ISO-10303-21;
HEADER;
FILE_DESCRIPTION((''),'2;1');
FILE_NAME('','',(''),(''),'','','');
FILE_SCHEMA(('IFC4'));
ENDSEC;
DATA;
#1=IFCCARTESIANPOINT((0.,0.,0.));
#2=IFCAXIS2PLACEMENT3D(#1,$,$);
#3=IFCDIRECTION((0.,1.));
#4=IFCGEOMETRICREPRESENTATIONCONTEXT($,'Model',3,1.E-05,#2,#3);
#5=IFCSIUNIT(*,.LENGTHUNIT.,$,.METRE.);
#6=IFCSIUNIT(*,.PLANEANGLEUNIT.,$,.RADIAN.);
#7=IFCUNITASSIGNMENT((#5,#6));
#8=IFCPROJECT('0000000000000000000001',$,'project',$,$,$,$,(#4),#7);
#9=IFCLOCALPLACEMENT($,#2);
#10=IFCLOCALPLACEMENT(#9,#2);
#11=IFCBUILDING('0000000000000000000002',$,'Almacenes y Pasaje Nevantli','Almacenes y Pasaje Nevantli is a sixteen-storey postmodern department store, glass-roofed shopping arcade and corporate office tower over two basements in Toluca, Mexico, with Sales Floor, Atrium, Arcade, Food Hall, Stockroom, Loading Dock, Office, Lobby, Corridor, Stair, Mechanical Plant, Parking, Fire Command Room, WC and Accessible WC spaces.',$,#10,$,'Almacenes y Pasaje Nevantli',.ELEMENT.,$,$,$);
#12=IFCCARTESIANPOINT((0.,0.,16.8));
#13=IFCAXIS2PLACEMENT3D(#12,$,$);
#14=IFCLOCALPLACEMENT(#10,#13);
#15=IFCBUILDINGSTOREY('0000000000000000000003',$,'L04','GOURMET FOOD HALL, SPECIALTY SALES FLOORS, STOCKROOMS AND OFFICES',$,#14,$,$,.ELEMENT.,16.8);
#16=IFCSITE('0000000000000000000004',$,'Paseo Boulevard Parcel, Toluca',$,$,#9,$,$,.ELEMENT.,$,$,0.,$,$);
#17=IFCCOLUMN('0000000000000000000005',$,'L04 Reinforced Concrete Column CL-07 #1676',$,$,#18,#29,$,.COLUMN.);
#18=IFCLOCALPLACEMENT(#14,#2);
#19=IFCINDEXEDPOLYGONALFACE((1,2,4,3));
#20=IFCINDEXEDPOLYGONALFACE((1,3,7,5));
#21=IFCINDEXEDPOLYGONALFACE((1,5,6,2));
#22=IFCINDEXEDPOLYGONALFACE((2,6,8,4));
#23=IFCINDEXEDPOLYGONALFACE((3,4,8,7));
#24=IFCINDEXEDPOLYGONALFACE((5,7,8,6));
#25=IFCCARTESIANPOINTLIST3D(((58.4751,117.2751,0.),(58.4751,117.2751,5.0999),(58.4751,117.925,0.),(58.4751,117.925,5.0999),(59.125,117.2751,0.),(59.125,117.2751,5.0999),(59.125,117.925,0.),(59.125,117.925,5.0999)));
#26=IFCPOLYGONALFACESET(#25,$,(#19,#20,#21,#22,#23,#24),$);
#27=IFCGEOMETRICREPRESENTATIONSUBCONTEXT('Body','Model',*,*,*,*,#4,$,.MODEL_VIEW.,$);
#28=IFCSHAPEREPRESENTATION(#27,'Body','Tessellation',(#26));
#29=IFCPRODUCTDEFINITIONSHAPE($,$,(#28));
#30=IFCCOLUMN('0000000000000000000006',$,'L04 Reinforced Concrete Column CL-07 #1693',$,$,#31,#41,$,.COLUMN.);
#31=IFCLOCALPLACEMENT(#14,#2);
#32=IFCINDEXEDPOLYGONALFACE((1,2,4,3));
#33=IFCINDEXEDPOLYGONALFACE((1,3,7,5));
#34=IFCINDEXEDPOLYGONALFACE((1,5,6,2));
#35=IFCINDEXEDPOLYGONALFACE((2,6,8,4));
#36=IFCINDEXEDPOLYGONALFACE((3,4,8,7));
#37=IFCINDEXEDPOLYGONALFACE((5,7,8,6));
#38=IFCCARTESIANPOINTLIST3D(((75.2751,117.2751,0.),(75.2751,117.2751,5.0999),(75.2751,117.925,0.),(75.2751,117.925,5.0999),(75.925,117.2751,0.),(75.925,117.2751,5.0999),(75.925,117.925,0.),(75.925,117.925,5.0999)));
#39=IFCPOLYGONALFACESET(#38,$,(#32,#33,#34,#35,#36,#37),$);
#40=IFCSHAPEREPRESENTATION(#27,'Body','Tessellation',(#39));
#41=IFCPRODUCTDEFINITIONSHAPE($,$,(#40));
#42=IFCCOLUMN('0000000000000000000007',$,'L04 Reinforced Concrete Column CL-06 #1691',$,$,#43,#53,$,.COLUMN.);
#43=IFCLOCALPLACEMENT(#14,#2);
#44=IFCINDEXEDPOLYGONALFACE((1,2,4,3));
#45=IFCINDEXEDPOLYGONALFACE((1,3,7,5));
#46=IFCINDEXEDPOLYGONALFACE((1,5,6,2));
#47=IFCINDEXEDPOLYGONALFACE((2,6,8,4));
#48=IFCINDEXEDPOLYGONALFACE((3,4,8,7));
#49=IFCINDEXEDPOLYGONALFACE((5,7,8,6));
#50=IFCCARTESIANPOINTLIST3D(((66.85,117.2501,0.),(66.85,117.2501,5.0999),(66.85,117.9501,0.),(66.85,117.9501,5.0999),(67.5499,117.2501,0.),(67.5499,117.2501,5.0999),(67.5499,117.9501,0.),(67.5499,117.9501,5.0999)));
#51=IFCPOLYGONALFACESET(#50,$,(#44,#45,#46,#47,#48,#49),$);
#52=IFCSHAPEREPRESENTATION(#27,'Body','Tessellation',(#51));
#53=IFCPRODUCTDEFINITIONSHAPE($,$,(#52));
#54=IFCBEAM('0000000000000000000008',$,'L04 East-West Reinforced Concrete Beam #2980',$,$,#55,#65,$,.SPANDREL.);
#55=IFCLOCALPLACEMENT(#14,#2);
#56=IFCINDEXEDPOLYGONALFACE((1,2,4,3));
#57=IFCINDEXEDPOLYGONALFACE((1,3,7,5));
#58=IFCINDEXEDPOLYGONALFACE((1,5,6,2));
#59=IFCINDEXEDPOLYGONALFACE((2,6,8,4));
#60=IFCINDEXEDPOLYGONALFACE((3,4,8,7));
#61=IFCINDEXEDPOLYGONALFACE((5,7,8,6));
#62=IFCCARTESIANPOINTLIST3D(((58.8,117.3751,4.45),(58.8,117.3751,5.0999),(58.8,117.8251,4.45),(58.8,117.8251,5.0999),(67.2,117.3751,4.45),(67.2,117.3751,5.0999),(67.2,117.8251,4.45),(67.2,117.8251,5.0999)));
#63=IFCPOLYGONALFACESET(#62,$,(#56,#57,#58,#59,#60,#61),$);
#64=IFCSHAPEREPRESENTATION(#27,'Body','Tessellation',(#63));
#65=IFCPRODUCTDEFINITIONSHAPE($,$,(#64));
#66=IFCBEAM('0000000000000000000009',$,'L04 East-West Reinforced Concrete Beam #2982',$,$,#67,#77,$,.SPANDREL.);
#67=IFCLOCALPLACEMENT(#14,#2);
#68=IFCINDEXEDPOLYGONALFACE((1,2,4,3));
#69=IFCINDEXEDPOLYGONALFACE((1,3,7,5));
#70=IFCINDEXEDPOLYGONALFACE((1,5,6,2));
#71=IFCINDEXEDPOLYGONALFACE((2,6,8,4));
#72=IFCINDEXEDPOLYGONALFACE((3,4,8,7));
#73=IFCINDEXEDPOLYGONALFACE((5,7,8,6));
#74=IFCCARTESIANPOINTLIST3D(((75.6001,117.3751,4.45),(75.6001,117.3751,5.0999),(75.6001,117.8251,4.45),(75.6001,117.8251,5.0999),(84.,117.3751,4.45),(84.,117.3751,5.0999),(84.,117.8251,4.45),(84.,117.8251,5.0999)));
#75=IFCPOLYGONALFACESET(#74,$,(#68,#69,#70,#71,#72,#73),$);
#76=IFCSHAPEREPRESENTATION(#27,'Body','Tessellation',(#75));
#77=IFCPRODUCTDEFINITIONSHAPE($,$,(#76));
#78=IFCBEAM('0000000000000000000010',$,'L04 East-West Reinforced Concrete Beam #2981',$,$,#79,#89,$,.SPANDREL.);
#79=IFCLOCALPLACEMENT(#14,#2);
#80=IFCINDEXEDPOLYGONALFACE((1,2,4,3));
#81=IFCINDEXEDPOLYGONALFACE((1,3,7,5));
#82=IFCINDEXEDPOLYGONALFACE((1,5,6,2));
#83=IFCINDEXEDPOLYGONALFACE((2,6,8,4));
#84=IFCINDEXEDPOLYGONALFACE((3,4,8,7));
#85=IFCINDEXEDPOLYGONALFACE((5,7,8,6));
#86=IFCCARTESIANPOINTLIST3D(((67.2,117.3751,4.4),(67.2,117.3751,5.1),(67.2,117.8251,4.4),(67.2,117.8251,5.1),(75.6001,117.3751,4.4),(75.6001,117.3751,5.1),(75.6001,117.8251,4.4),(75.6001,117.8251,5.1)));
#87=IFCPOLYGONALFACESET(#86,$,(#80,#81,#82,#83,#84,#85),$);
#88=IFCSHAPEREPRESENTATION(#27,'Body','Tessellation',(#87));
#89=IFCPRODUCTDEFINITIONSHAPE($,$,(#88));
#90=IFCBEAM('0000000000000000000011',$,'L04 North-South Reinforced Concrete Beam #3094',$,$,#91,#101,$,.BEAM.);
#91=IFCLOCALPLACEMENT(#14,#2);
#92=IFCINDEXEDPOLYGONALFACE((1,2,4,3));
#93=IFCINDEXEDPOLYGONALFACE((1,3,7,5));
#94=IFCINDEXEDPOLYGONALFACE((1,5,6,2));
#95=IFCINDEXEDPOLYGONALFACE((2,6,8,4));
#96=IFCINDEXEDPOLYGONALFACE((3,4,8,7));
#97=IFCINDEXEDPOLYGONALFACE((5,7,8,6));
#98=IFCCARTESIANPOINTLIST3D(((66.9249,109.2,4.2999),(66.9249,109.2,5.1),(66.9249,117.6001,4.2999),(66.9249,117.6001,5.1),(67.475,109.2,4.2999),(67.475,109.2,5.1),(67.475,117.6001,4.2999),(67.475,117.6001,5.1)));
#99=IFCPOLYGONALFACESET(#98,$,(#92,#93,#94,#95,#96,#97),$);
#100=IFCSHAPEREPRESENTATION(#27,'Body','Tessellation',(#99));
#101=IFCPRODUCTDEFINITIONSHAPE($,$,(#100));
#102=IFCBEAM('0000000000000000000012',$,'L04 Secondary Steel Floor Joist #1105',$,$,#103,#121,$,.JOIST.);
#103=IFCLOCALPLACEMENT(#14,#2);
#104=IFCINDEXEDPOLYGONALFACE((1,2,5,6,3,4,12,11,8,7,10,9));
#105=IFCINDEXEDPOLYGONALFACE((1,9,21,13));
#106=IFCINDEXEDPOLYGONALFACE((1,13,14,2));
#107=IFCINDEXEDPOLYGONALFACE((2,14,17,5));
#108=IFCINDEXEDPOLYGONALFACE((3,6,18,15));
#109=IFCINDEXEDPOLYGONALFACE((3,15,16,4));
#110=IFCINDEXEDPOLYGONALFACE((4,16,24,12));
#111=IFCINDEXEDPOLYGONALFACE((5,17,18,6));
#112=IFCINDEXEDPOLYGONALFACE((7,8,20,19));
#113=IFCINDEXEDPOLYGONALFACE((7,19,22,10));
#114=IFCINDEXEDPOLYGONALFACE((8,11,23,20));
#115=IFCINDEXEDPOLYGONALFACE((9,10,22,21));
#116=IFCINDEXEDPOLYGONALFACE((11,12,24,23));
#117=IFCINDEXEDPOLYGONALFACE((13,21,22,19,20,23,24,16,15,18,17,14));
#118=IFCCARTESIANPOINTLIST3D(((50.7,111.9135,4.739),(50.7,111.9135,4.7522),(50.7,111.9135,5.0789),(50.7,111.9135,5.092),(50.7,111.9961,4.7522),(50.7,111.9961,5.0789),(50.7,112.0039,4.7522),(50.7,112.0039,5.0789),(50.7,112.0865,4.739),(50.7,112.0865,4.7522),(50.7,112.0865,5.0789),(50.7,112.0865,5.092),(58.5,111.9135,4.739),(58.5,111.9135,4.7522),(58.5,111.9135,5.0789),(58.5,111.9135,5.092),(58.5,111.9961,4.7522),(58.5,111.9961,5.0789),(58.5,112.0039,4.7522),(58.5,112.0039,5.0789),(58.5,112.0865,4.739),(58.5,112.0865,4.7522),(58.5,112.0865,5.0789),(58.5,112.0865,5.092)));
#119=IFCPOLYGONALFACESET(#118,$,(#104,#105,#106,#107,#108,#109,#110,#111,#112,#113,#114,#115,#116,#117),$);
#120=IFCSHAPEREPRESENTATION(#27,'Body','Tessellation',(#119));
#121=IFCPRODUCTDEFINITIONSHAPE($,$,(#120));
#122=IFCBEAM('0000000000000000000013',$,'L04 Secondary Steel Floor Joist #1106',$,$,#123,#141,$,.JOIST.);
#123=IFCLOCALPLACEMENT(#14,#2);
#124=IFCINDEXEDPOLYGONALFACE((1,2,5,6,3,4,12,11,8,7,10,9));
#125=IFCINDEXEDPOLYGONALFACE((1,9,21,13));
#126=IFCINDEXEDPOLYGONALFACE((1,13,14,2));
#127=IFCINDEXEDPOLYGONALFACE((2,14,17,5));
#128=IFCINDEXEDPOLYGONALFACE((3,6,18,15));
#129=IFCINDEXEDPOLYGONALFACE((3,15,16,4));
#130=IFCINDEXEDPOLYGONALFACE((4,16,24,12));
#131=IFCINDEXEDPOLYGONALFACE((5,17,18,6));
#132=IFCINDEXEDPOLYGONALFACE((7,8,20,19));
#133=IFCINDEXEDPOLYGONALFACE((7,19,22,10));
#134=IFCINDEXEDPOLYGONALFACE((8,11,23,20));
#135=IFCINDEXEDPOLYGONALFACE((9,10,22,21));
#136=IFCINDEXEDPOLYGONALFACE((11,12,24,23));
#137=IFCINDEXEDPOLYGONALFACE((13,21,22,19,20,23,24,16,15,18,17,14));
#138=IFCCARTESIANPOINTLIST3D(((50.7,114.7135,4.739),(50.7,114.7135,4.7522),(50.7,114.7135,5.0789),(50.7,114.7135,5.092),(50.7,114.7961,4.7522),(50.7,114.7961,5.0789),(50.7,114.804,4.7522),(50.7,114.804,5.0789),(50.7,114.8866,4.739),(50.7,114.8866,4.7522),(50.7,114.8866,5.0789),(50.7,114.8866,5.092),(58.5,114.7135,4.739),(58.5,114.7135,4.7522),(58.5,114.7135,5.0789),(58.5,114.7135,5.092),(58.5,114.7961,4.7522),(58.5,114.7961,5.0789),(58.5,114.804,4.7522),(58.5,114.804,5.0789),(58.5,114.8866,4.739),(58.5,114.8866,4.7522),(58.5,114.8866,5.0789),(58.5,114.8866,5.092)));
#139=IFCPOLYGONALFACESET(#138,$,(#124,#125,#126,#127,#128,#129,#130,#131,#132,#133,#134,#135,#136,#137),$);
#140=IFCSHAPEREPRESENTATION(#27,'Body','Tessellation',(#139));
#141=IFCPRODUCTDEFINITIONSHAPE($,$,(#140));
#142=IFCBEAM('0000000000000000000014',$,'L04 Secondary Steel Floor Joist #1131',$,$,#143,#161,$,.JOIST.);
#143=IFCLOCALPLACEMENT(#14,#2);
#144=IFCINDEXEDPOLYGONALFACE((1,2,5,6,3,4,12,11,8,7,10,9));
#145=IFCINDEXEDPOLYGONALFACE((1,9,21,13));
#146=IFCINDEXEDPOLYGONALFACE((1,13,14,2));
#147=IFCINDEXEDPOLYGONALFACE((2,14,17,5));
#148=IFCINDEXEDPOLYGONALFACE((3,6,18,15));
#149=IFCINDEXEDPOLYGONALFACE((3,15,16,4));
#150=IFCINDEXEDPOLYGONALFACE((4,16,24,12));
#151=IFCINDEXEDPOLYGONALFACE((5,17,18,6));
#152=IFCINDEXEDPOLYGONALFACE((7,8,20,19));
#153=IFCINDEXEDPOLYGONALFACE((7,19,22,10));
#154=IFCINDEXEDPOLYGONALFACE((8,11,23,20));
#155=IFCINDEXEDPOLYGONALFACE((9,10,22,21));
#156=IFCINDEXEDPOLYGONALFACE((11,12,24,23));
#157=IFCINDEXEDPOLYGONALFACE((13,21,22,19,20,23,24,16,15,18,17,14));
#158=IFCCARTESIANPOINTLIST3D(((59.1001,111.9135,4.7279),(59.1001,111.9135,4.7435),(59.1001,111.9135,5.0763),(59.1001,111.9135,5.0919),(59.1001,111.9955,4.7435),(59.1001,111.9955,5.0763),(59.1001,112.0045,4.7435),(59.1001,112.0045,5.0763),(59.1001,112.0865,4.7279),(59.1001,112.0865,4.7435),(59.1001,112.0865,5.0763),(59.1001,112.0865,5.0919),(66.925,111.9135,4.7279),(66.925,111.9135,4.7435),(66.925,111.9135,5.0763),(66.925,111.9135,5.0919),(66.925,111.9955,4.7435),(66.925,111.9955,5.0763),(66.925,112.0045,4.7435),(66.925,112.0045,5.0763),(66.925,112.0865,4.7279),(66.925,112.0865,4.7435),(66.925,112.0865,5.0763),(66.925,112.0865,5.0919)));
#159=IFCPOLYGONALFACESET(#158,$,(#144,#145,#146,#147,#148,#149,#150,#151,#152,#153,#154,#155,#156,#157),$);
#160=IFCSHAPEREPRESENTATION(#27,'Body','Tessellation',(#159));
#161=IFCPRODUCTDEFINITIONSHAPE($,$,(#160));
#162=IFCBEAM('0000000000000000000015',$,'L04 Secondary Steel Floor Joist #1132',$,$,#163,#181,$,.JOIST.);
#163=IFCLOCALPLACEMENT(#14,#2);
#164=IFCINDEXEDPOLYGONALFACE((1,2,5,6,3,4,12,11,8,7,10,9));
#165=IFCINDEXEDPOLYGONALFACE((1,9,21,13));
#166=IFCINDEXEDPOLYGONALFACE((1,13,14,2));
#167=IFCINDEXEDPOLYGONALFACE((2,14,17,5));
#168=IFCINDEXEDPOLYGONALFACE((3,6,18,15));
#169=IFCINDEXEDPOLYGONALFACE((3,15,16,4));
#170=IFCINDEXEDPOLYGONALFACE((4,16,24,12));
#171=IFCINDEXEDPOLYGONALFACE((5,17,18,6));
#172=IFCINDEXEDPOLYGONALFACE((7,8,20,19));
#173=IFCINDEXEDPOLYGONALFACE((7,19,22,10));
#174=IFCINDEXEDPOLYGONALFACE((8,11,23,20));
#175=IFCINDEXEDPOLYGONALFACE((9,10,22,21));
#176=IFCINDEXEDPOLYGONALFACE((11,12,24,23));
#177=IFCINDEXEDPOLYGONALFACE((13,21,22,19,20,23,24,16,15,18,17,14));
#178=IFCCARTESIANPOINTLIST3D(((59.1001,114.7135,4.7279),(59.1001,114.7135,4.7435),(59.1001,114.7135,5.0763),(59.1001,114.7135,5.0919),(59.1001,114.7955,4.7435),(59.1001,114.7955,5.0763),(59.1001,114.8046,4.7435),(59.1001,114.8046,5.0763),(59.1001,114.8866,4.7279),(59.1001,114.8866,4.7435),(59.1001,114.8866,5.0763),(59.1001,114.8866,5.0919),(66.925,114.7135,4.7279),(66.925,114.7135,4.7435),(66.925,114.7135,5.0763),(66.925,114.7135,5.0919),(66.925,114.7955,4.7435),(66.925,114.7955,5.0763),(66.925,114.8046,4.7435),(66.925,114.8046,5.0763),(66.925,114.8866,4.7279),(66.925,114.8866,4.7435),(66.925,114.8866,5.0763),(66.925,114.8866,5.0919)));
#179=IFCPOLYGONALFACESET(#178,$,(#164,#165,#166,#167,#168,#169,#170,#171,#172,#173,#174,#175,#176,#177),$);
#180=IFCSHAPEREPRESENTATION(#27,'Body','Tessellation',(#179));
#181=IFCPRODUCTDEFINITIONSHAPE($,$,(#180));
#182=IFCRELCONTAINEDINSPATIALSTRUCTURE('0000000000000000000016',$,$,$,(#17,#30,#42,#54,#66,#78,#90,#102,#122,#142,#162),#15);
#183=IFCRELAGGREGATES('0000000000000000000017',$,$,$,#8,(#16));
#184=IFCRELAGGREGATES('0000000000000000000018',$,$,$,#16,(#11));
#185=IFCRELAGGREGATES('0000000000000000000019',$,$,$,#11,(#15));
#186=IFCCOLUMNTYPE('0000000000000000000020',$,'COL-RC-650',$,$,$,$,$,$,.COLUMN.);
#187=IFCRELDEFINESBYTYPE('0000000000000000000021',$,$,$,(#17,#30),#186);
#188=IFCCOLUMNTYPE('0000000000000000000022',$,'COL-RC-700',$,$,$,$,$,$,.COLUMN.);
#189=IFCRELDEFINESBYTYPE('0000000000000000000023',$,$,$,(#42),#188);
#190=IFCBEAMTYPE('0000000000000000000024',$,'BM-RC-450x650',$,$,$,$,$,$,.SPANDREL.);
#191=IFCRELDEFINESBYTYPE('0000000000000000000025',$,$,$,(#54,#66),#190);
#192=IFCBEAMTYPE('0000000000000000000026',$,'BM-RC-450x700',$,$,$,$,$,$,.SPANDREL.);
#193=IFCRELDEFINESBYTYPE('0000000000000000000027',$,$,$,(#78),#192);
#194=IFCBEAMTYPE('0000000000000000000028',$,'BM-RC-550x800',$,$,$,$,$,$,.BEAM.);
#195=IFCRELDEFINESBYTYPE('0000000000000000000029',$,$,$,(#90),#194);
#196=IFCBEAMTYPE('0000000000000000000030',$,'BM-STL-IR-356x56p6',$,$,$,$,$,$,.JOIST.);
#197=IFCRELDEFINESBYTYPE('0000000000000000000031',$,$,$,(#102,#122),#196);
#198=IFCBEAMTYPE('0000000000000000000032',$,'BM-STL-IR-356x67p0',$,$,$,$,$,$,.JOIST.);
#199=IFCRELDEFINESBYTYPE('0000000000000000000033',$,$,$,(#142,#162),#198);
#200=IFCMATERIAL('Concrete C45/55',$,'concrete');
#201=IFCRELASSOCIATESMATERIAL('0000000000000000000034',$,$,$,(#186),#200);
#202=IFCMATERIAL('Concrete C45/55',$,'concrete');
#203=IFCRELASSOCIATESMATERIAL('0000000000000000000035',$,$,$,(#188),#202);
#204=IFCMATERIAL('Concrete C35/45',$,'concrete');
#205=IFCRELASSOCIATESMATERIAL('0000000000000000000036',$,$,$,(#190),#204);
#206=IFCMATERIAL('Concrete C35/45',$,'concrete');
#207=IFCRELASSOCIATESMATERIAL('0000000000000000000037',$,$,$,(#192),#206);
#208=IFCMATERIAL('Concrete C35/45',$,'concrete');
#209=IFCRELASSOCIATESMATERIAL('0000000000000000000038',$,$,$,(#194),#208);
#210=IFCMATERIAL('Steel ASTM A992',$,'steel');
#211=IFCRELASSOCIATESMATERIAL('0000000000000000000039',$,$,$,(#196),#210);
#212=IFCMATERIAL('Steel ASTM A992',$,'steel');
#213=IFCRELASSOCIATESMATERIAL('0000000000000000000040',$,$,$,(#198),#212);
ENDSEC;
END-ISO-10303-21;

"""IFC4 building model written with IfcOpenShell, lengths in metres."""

from ifc_helpers import new_model, si_unit, direction, frame, origin, origin_2d, place, context, subcontext, project, spatial, rectangle, i_section, extrude, material, material_profile, profile_set, type_object, element, save


model = new_model("IFC4")

# Units and contexts
model_context = context("Model", 3, precision=1e-05, world=origin(), true_north=direction((0.0, 1.0)))
body_context = subcontext(model_context, "Body", "Model", "MODEL_VIEW")
ifc_project = project(units=[si_unit("LENGTHUNIT", "METRE"), si_unit("PLANEANGLEUNIT", "RADIAN")], contexts=[model_context])

# Site, building, storey
site_placement = place(None, origin())
site = spatial("IfcSite", under=ifc_project, at=site_placement, Name="Paseo Boulevard Parcel, Toluca", CompositionType="ELEMENT", RefElevation=0.0)
building_placement = place(site_placement, origin())
building = spatial("IfcBuilding", under=site, at=building_placement, Name="Almacenes y Pasaje Nevantli", Description="Almacenes y Pasaje Nevantli is a sixteen-storey postmodern department store, glass-roofed shopping arcade and corporate office tower over two basements in Toluca, Mexico, with Sales Floor, Atrium, Arcade, Food Hall, Stockroom, Loading Dock, Office, Lobby, Corridor, Stair, Mechanical Plant, Parking, Fire Command Room, WC and Accessible WC spaces.", LongName="Almacenes y Pasaje Nevantli", CompositionType="ELEMENT")
storey_placement = place(building_placement, frame((0.0, 0.0, 16.8)))
storey = spatial("IfcBuildingStorey", under=building, at=storey_placement, Name="L04", Description="GOURMET FOOD HALL, SPECIALTY SALES FLOORS, STOCKROOMS AND OFFICES", CompositionType="ELEMENT", Elevation=16.8)

# Columns
ifc_material_1 = material(Name="Concrete C45/55", Category="concrete")
ifc_material_profile_1 = material_profile(ifc_material_1, rectangle(XDim=0.6499, YDim=0.6499, at=origin_2d()), Name="RC-COL-650x650")
ifc_profile_set_1 = profile_set([ifc_material_profile_1], Name="Concrete C45/55")
column_type_1 = type_object("IfcColumnType", Name="COL-RC-650", PredefinedType="COLUMN", material=ifc_profile_set_1)
for number, where, z_axis, x_axis, name in (
    (1, (58.8, 117.6001, 0.0), (0.0, 0.0, 1.0), (1.0, 0.0, 0.0), "L04 Reinforced Concrete Column CL-07 #1676"),
    (2, (75.6001, 117.6001, 0.0), (0.0, 0.0, 1.0), (1.0, 0.0, 0.0), "L04 Reinforced Concrete Column CL-07 #1693"),
):
    element("IfcColumn", number, at=place(storey_placement, frame(where, z_axis=z_axis, x_axis=x_axis)), inside=storey, type_object=column_type_1, Name=name, PredefinedType="COLUMN", context=body_context, shape_type="SweptSolid", body=[
        extrude(rectangle(XDim=0.6499, YDim=0.6499, at=origin_2d()), origin(), (0.0, 0.0, 1.0), 5.0999),
    ])
ifc_material_2 = material(Name="Concrete C45/55", Category="concrete")
ifc_material_profile_2 = material_profile(ifc_material_2, rectangle(XDim=0.7, YDim=0.7, at=origin_2d()), Name="RC-COL-700x700")
ifc_profile_set_2 = profile_set([ifc_material_profile_2], Name="Concrete C45/55")
column_type_2 = type_object("IfcColumnType", Name="COL-RC-700", PredefinedType="COLUMN", material=ifc_profile_set_2)
column_placement = place(storey_placement, frame((67.2, 117.6001, 0.0), z_axis=(0.0, 0.0, 1.0), x_axis=(1.0, 0.0, 0.0)))
element("IfcColumn", 3, at=column_placement, inside=storey, type_object=column_type_2, Name="L04 Reinforced Concrete Column CL-06 #1691", PredefinedType="COLUMN", context=body_context, shape_type="SweptSolid", body=[
    extrude(rectangle(XDim=0.7, YDim=0.7, at=origin_2d()), origin(), (0.0, 0.0, 1.0), 5.0999),
])

# Beams
ifc_material_3 = material(Name="Concrete C35/45", Category="concrete")
ifc_material_profile_3 = material_profile(ifc_material_3, rectangle(XDim=0.45, YDim=0.6499, at=origin_2d()), Name="RC-BM-450x650")
ifc_profile_set_3 = profile_set([ifc_material_profile_3], Name="Concrete C35/45")
beam_type_1 = type_object("IfcBeamType", Name="BM-RC-450x650", PredefinedType="SPANDREL", material=ifc_profile_set_3)
for number, where, z_axis, x_axis, name in (
    (4, (58.8, 117.6001, 4.7749), (1.0, 0.0, 0.0), (0.0, 1.0, 0.0), "L04 East-West Reinforced Concrete Beam #2980"),
    (5, (75.6001, 117.6001, 4.7749), (1.0, 0.0, 0.0), (0.0, 1.0, 0.0), "L04 East-West Reinforced Concrete Beam #2982"),
):
    element("IfcBeam", number, at=place(storey_placement, frame(where, z_axis=z_axis, x_axis=x_axis)), inside=storey, type_object=beam_type_1, Name=name, PredefinedType="SPANDREL", context=body_context, shape_type="SweptSolid", body=[
        extrude(rectangle(XDim=0.45, YDim=0.6499, at=origin_2d()), origin(), (0.0, 0.0, 1.0), 8.3999),
    ])
ifc_material_4 = material(Name="Concrete C35/45", Category="concrete")
ifc_material_profile_4 = material_profile(ifc_material_4, rectangle(XDim=0.45, YDim=0.7, at=origin_2d()), Name="RC-BM-450x700")
ifc_profile_set_4 = profile_set([ifc_material_profile_4], Name="Concrete C35/45")
beam_type_2 = type_object("IfcBeamType", Name="BM-RC-450x700", PredefinedType="SPANDREL", material=ifc_profile_set_4)
beam_1_placement = place(storey_placement, frame((67.2, 117.6001, 4.75), z_axis=(1.0, 0.0, 0.0), x_axis=(0.0, 1.0, 0.0)))
element("IfcBeam", 6, at=beam_1_placement, inside=storey, type_object=beam_type_2, Name="L04 East-West Reinforced Concrete Beam #2981", PredefinedType="SPANDREL", context=body_context, shape_type="SweptSolid", body=[
    extrude(rectangle(XDim=0.45, YDim=0.7, at=origin_2d()), origin(), (0.0, 0.0, 1.0), 8.4001),
])
ifc_material_5 = material(Name="Concrete C35/45", Category="concrete")
ifc_material_profile_5 = material_profile(ifc_material_5, rectangle(XDim=0.55, YDim=0.8, at=origin_2d()), Name="RC-BM-550x800")
ifc_profile_set_5 = profile_set([ifc_material_profile_5], Name="Concrete C35/45")
beam_type_3 = type_object("IfcBeamType", Name="BM-RC-550x800", PredefinedType="BEAM", material=ifc_profile_set_5)
beam_2_placement = place(storey_placement, frame((67.2, 109.2, 4.7), z_axis=(0.0, 1.0, 0.0), x_axis=(-1.0, 0.0, 0.0)))
element("IfcBeam", 7, at=beam_2_placement, inside=storey, type_object=beam_type_3, Name="L04 North-South Reinforced Concrete Beam #3094", PredefinedType="BEAM", context=body_context, shape_type="SweptSolid", body=[
    extrude(rectangle(XDim=0.55, YDim=0.8, at=origin_2d()), origin(), (0.0, 0.0, 1.0), 8.4001),
])
ifc_material_6 = material(Name="Steel ASTM A992", Category="steel")
ifc_material_profile_6 = material_profile(ifc_material_6, i_section(OverallWidth=0.1731, OverallDepth=0.353, WebThickness=0.0078, FlangeThickness=0.0132, at=origin_2d()), Name="IR 356x56.6")
ifc_profile_set_6 = profile_set([ifc_material_profile_6], Name="Steel ASTM A992")
beam_type_4 = type_object("IfcBeamType", Name="BM-STL-IR-356x56p6", PredefinedType="JOIST", material=ifc_profile_set_6)
for number, where, z_axis, x_axis, name in (
    (8, (50.7, 112.0, 4.9155), (1.0, 0.0, 0.0), (0.0, 1.0, 0.0), "L04 Secondary Steel Floor Joist #1105"),
    (9, (50.7, 114.8, 4.9155), (1.0, 0.0, 0.0), (0.0, 1.0, 0.0), "L04 Secondary Steel Floor Joist #1106"),
):
    element("IfcBeam", number, at=place(storey_placement, frame(where, z_axis=z_axis, x_axis=x_axis)), inside=storey, type_object=beam_type_4, Name=name, PredefinedType="JOIST", context=body_context, shape_type="SweptSolid", body=[
        extrude(i_section(OverallWidth=0.1731, OverallDepth=0.353, WebThickness=0.0078, FlangeThickness=0.0132, at=origin_2d()), origin(), (0.0, 0.0, 1.0), 7.8),
    ])
ifc_material_7 = material(Name="Steel ASTM A992", Category="steel")
ifc_material_profile_7 = material_profile(ifc_material_7, i_section(OverallWidth=0.1731, OverallDepth=0.364, WebThickness=0.009, FlangeThickness=0.0156, at=origin_2d()), Name="IR 356x67.0")
ifc_profile_set_7 = profile_set([ifc_material_profile_7], Name="Steel ASTM A992")
beam_type_5 = type_object("IfcBeamType", Name="BM-STL-IR-356x67p0", PredefinedType="JOIST", material=ifc_profile_set_7)
for number, where, z_axis, x_axis, name in (
    (10, (59.1001, 112.0, 4.9099), (1.0, 0.0, 0.0), (0.0, 1.0, 0.0), "L04 Secondary Steel Floor Joist #1131"),
    (11, (59.1001, 114.8, 4.9099), (1.0, 0.0, 0.0), (0.0, 1.0, 0.0), "L04 Secondary Steel Floor Joist #1132"),
):
    element("IfcBeam", number, at=place(storey_placement, frame(where, z_axis=z_axis, x_axis=x_axis)), inside=storey, type_object=beam_type_5, Name=name, PredefinedType="JOIST", context=body_context, shape_type="SweptSolid", body=[
        extrude(i_section(OverallWidth=0.1731, OverallDepth=0.364, WebThickness=0.009, FlangeThickness=0.0156, at=origin_2d()), origin(), (0.0, 0.0, 1.0), 7.825),
    ])

save(model, "model.ifc")
